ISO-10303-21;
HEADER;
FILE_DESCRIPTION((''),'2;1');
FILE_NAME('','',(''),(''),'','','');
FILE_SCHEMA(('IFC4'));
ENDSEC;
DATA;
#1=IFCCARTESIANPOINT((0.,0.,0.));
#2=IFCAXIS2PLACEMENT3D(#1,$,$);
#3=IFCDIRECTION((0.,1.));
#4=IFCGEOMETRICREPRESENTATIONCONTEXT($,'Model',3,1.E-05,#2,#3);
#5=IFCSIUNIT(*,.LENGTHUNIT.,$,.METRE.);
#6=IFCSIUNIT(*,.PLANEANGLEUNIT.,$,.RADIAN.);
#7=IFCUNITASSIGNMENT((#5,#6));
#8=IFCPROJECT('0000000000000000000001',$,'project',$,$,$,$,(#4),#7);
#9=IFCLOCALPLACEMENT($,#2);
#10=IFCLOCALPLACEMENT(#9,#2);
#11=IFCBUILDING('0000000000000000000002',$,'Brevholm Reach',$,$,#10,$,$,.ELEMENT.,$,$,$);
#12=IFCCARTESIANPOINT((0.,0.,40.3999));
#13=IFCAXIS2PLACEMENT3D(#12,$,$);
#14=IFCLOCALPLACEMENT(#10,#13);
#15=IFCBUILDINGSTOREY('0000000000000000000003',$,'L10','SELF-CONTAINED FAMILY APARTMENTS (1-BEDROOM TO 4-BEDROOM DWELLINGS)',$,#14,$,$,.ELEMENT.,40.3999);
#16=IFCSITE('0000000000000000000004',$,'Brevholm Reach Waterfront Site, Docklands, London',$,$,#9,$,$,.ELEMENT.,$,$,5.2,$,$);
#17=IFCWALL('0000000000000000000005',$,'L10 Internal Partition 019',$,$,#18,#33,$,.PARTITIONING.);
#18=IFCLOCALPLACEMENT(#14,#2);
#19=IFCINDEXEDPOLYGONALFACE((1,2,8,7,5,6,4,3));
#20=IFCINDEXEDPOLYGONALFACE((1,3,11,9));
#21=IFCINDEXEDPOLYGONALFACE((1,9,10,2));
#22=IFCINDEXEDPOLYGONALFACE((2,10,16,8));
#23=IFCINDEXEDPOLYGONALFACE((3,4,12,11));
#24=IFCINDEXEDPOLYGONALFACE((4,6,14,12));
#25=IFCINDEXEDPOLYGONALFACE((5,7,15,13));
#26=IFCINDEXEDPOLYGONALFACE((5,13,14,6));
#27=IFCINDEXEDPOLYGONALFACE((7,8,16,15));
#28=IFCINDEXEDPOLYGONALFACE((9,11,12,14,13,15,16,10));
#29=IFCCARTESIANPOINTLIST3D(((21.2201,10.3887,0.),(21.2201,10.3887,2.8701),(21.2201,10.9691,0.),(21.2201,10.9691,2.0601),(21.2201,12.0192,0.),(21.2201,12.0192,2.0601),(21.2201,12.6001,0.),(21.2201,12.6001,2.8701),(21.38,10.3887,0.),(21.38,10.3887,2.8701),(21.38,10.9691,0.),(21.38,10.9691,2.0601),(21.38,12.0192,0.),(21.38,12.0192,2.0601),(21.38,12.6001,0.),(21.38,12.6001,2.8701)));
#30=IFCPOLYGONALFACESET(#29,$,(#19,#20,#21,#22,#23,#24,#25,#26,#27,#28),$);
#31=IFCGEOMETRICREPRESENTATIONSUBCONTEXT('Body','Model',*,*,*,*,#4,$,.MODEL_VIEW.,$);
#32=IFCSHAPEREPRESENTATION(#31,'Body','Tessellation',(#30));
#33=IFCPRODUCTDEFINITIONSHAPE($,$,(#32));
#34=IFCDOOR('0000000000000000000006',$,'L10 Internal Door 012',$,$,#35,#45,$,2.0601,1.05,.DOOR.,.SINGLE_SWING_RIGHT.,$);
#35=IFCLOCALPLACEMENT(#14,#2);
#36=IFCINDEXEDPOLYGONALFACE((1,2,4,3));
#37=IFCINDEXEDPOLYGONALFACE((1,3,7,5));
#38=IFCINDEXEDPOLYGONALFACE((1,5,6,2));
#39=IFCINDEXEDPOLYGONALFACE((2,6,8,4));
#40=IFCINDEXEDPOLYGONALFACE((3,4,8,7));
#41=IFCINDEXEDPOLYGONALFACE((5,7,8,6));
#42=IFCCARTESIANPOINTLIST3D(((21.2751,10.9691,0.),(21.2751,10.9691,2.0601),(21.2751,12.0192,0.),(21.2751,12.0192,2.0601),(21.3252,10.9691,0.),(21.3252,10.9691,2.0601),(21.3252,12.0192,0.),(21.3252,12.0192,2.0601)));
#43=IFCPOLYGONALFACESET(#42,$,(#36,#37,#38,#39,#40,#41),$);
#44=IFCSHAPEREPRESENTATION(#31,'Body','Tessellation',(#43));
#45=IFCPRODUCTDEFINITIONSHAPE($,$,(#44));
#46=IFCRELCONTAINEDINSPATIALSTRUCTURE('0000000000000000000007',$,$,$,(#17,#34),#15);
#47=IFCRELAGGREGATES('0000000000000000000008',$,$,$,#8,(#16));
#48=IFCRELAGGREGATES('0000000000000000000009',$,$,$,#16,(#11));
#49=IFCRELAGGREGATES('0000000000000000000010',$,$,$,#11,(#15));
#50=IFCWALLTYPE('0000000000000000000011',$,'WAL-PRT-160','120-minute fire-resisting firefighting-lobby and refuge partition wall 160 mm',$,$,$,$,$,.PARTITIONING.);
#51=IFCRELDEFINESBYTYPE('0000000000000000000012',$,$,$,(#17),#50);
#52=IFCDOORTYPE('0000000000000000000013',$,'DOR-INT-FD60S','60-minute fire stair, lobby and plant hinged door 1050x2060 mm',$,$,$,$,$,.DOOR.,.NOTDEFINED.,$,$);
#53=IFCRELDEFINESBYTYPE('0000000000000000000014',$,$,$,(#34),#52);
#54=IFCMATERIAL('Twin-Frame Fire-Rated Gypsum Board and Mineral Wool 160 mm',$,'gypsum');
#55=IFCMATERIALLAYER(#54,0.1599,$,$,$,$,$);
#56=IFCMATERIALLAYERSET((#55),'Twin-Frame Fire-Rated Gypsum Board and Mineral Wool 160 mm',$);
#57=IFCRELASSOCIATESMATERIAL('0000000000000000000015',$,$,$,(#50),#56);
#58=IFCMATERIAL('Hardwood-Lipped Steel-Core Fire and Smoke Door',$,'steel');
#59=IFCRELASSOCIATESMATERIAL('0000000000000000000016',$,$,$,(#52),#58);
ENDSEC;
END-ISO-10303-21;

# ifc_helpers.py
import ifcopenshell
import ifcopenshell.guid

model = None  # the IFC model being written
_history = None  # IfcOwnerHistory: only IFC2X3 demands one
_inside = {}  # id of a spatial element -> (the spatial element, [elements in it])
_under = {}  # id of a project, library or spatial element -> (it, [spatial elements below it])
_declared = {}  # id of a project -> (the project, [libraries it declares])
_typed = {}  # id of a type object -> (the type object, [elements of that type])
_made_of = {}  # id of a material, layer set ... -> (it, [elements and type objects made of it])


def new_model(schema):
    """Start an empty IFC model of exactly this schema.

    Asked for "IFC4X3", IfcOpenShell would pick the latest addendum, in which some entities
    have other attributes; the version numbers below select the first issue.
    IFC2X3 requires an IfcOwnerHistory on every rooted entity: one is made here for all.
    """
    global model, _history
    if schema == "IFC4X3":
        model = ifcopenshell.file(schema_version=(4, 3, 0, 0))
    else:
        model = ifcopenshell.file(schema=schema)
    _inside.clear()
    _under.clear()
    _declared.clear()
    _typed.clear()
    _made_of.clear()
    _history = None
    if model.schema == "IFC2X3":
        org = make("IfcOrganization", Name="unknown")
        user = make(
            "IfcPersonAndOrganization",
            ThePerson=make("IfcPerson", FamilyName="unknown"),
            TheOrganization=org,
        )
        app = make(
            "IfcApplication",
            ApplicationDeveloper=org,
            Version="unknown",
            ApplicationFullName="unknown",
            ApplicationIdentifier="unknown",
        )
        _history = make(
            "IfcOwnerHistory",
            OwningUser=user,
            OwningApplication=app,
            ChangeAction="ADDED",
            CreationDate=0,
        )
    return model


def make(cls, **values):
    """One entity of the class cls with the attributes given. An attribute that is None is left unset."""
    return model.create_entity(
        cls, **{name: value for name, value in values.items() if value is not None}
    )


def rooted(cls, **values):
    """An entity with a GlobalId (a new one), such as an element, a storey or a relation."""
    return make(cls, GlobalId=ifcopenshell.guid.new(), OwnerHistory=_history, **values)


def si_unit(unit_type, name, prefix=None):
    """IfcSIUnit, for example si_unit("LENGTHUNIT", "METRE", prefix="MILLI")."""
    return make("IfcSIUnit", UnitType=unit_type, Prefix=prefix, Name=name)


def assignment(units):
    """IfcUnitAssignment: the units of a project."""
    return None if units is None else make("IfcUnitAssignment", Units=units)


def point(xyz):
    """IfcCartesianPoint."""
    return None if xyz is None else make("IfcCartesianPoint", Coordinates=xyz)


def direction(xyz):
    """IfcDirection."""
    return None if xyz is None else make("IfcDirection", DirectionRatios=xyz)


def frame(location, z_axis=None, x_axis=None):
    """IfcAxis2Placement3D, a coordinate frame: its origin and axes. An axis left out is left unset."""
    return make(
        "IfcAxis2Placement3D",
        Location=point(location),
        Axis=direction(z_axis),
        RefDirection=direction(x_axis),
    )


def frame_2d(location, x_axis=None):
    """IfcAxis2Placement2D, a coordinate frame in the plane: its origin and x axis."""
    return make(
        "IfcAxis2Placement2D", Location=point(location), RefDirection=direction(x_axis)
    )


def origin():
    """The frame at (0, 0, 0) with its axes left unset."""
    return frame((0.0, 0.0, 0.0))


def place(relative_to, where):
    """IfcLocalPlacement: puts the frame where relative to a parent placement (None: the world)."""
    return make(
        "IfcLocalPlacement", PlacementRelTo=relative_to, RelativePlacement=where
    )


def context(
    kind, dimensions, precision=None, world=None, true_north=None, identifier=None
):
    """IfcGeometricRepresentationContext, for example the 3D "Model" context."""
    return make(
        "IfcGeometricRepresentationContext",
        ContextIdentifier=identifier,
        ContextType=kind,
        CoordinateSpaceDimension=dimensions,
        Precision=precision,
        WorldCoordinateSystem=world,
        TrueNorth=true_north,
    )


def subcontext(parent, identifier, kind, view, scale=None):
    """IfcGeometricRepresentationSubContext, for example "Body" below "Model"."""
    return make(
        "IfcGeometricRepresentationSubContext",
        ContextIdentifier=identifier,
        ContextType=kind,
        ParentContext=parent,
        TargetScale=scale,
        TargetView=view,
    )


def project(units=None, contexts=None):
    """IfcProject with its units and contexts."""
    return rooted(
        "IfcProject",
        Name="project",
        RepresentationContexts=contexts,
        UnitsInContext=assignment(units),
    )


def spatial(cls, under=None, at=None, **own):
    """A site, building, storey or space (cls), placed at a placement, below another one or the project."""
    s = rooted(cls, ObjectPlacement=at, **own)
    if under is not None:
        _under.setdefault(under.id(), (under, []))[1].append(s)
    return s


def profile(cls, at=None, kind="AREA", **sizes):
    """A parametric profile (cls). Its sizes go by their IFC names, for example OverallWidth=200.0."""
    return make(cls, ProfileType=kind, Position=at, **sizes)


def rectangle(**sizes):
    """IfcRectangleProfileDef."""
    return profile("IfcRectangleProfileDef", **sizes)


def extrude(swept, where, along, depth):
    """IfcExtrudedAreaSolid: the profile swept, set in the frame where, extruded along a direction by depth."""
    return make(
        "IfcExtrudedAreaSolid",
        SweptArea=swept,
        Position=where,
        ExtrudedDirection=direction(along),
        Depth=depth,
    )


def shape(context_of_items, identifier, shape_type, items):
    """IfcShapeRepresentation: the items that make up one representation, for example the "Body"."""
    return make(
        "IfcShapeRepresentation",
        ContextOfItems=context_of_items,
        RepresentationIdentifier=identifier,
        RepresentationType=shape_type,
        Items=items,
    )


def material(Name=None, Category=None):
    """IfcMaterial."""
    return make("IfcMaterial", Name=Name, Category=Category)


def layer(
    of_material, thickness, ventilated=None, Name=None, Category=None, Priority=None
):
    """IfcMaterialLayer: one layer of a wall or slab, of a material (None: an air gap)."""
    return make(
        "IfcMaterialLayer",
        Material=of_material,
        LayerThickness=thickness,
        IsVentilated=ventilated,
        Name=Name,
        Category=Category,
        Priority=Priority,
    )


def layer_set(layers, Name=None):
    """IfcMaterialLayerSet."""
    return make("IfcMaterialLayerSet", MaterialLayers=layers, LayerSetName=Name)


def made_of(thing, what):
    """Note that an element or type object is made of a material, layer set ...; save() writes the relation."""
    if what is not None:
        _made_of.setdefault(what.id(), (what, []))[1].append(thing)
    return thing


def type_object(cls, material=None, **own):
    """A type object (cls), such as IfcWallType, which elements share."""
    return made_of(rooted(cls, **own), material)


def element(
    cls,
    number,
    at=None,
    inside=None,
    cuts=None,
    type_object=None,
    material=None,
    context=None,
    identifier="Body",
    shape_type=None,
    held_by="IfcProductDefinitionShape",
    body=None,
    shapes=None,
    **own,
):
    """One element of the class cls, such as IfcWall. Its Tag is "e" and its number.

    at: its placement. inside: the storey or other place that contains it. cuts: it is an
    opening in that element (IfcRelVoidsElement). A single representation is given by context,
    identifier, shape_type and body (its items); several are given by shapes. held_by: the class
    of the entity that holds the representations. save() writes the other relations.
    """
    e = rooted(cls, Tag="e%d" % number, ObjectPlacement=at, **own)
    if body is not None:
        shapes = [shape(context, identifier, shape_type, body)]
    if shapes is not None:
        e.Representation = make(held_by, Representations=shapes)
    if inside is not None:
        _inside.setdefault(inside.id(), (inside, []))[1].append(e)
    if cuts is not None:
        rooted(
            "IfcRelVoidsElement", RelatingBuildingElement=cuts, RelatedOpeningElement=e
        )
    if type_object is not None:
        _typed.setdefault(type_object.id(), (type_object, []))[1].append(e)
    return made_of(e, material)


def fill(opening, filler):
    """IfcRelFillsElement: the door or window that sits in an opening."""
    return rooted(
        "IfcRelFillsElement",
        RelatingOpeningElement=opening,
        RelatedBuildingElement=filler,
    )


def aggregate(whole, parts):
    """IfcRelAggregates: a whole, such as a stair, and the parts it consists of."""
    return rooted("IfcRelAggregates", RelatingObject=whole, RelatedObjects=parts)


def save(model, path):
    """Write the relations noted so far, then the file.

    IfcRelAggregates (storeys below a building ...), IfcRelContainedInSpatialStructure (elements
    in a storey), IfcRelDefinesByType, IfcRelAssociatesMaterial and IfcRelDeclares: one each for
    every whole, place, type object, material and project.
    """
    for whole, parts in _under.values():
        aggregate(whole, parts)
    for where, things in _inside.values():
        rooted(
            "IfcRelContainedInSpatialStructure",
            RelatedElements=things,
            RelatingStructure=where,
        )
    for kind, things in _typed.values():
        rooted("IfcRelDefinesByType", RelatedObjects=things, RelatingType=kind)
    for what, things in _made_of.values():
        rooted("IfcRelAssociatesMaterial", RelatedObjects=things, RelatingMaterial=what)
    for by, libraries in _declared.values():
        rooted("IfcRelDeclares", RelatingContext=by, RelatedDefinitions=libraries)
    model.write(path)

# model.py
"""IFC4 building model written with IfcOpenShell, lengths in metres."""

from ifc_helpers import new_model, si_unit, direction, frame, frame_2d, origin, place, context, subcontext, project, spatial, rectangle, extrude, material, layer, layer_set, type_object, element, fill, save


model = new_model("IFC4")

# Units and contexts
model_context = context("Model", 3, precision=1e-05, world=origin(), true_north=direction((0.0, 1.0)))
body_context = subcontext(model_context, "Body", "Model", "MODEL_VIEW")
ifc_project = project(units=[si_unit("LENGTHUNIT", "METRE"), si_unit("PLANEANGLEUNIT", "RADIAN")], contexts=[model_context])

# Site, building, storey
site_placement = place(None, origin())
site = spatial("IfcSite", under=ifc_project, at=site_placement, Name="Brevholm Reach Waterfront Site, Docklands, London", CompositionType="ELEMENT", RefElevation=5.2)
building_placement = place(site_placement, origin())
building = spatial("IfcBuilding", under=site, at=building_placement, Name="Brevholm Reach", CompositionType="ELEMENT")
storey_placement = place(building_placement, frame((0.0, 0.0, 40.3999)))
storey = spatial("IfcBuildingStorey", under=building, at=storey_placement, Name="L10", Description="SELF-CONTAINED FAMILY APARTMENTS (1-BEDROOM TO 4-BEDROOM DWELLINGS)", CompositionType="ELEMENT", Elevation=40.3999)

# Wall, opening, door
ifc_material_1 = material(Name="Twin-Frame Fire-Rated Gypsum Board and Mineral Wool 160 mm", Category="gypsum")
ifc_layer_1 = layer(ifc_material_1, 0.1599)
ifc_layer_set_1 = layer_set([ifc_layer_1], Name="Twin-Frame Fire-Rated Gypsum Board and Mineral Wool 160 mm")
wall_type_1 = type_object("IfcWallType", Name="WAL-PRT-160", Description="120-minute fire-resisting firefighting-lobby and refuge partition wall 160 mm", PredefinedType="PARTITIONING", material=ifc_layer_set_1)
wall_1_placement = place(storey_placement, frame((21.3, 10.3887, 0.0), z_axis=(0.0, 0.0, 1.0), x_axis=(0.0, 1.0, 0.0)))
wall_1 = element("IfcWall", 1, at=wall_1_placement, inside=storey, type_object=wall_type_1, Name="L10 Internal Partition 019", PredefinedType="PARTITIONING", context=body_context, shape_type="SweptSolid", body=[
    extrude(rectangle(XDim=2.2114, YDim=0.1599, at=frame_2d((1.1057, 0.0))), origin(), (0.0, 0.0, 1.0), 2.8701),
])
opening_1_placement = place(wall_1_placement, frame((0.5806, 0.0, 0.0)))
opening_1 = element("IfcOpeningElement", 2, at=opening_1_placement, cuts=wall_1, PredefinedType="OPENING", context=body_context, shape_type="SweptSolid", body=[
    extrude(rectangle(XDim=1.05, YDim=2.0601, at=frame_2d((0.5249, 1.03))), frame((0.0, 0.0898, 0.0), z_axis=(0.0, -1.0, 0.0), x_axis=(1.0, 0.0, 0.0)), (0.0, 0.0, 1.0), 0.1799),
])
ifc_material_2 = material(Name="Hardwood-Lipped Steel-Core Fire and Smoke Door", Category="steel")
door_type_1 = type_object("IfcDoorType", Name="DOR-INT-FD60S", Description="60-minute fire stair, lobby and plant hinged door 1050x2060 mm", OperationType="NOTDEFINED", PredefinedType="DOOR", material=ifc_material_2)
door_1_placement = place(opening_1_placement, origin())
door_1 = element("IfcDoor", 3, at=door_1_placement, inside=storey, type_object=door_type_1, Name="L10 Internal Door 012", OperationType="SINGLE_SWING_RIGHT", OverallHeight=2.0601, OverallWidth=1.05, PredefinedType="DOOR", context=body_context, shape_type="SweptSolid", body=[
    extrude(rectangle(XDim=1.05, YDim=2.0601, at=frame_2d((0.5249, 1.03))), frame((0.0, 0.0249, 0.0), z_axis=(0.0, -1.0, 0.0), x_axis=(1.0, 0.0, 0.0)), (0.0, 0.0, 1.0), 0.05),
])
fill(opening_1, door_1)

save(model, "model.ifc")
